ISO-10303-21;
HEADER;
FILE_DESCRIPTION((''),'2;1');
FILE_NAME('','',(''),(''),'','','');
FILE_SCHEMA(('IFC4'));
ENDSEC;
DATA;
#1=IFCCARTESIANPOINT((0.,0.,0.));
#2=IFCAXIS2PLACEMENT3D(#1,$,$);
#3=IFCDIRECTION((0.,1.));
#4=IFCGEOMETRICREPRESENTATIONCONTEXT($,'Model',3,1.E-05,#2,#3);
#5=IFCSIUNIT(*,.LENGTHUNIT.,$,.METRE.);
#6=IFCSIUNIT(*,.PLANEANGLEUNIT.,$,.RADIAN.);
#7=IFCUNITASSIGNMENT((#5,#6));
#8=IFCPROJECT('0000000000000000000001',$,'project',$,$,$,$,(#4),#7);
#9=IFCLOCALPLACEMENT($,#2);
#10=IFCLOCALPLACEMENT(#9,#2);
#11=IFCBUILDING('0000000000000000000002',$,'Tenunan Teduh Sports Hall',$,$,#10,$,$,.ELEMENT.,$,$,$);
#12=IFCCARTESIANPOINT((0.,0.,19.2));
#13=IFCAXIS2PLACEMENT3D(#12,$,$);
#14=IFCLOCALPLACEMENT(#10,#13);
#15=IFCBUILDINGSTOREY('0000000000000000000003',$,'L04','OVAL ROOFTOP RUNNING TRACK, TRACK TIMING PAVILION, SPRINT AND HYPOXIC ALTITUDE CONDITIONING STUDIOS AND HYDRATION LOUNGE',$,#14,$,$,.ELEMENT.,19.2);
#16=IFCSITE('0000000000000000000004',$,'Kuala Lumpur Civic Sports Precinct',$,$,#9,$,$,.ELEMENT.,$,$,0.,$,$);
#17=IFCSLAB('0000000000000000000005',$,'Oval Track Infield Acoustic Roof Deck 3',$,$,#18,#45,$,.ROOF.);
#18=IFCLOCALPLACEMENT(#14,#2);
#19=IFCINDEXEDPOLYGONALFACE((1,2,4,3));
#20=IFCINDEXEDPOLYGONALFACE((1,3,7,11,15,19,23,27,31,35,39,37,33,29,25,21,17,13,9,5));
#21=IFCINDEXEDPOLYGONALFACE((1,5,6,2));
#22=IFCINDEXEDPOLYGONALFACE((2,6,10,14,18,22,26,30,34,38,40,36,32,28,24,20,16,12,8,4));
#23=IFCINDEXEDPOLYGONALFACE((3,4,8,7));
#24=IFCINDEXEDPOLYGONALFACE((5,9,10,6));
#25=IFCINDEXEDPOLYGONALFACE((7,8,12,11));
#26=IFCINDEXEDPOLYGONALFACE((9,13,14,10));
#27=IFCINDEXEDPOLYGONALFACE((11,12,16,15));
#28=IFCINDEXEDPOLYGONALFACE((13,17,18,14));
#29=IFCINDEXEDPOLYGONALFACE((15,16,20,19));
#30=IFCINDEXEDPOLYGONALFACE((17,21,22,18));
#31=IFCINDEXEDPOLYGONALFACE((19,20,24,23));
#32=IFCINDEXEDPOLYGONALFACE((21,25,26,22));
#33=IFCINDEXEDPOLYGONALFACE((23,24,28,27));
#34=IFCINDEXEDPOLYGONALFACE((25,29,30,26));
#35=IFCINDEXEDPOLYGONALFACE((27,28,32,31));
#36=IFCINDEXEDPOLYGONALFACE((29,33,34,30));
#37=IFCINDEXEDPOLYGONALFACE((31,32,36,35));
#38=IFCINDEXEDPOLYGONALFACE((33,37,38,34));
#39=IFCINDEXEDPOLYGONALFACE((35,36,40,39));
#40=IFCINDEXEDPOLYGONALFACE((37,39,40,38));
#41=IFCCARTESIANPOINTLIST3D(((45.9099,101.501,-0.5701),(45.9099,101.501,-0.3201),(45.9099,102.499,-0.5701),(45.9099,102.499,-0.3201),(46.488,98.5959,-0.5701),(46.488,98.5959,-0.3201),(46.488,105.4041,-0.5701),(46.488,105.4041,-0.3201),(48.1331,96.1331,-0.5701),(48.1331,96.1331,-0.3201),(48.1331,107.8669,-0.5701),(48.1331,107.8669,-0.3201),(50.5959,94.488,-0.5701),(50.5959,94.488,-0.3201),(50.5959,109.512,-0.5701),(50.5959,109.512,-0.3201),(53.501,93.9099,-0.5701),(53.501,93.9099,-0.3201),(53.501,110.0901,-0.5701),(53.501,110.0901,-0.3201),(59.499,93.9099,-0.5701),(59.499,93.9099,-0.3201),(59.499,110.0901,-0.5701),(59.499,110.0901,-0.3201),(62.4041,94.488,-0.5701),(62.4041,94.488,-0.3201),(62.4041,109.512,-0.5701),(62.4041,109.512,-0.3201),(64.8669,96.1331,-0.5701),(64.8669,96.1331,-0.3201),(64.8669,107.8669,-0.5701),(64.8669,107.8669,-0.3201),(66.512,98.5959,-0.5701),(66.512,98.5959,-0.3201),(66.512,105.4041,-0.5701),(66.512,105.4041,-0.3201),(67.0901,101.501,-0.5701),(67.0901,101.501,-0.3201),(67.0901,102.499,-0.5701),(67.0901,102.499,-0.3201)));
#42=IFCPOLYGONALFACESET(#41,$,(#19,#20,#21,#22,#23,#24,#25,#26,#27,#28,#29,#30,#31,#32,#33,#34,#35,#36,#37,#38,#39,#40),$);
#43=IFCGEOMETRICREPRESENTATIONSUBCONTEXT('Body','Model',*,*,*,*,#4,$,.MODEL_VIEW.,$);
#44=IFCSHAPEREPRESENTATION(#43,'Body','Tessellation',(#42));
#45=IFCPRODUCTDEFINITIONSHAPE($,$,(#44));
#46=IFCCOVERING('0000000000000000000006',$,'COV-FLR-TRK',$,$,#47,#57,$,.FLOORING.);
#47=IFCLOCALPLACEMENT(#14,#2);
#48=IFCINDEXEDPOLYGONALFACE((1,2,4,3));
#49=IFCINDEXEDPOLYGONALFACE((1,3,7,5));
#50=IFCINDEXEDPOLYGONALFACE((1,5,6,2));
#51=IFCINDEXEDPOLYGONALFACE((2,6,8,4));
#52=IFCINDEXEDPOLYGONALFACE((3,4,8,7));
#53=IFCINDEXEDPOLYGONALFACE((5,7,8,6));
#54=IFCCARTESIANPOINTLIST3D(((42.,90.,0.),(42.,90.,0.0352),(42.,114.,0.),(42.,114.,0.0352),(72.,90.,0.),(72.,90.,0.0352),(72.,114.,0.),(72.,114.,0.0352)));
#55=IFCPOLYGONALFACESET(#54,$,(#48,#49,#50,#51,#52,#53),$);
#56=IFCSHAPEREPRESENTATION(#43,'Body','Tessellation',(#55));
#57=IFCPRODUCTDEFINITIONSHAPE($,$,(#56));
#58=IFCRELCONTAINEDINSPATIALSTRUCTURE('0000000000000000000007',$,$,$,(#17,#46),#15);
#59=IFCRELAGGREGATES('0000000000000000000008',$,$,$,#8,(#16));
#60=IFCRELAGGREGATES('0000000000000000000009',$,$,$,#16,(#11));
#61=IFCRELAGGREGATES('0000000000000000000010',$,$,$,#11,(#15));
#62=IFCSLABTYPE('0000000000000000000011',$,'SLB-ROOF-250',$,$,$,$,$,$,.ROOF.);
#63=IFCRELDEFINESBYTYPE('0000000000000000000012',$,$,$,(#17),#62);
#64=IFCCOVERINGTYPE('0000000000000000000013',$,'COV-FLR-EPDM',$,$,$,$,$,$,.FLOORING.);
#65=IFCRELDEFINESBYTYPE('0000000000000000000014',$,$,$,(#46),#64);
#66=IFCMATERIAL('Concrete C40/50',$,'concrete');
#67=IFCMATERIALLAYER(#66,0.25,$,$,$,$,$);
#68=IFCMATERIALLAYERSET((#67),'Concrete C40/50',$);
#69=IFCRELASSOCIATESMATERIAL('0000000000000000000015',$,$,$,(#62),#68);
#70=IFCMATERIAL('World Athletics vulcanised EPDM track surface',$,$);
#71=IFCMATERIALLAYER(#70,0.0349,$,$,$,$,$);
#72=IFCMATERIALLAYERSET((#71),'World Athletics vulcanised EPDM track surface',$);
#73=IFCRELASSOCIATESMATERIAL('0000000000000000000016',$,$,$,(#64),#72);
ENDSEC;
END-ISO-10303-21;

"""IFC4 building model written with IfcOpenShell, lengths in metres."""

from ifc_helpers import new_model, si_unit, direction, frame, origin, place, context, subcontext, project, spatial, polyline, outline, extrude, material, layer, layer_set, type_object, element, save


model = new_model("IFC4")

# Units and contexts
model_context = context("Model", 3, precision=1e-05, world=origin(), true_north=direction((0.0, 1.0)))
body_context = subcontext(model_context, "Body", "Model", "MODEL_VIEW")
ifc_project = project(units=[si_unit("LENGTHUNIT", "METRE"), si_unit("PLANEANGLEUNIT", "RADIAN")], contexts=[model_context])

# Site, building, storey
site_placement = place(None, origin())
site = spatial("IfcSite", under=ifc_project, at=site_placement, Name="Kuala Lumpur Civic Sports Precinct", CompositionType="ELEMENT", RefElevation=0.0)
building_placement = place(site_placement, origin())
building = spatial("IfcBuilding", under=site, at=building_placement, Name="Tenunan Teduh Sports Hall", CompositionType="ELEMENT")
storey_placement = place(building_placement, frame((0.0, 0.0, 19.2)))
storey = spatial("IfcBuildingStorey", under=building, at=storey_placement, Name="L04", Description="OVAL ROOFTOP RUNNING TRACK, TRACK TIMING PAVILION, SPRINT AND HYPOXIC ALTITUDE CONDITIONING STUDIOS AND HYDRATION LOUNGE", CompositionType="ELEMENT", Elevation=19.2)

# Shared definitions
ifc_material_1 = material(Name="Concrete C40/50", Category="concrete")
ifc_layer_1 = layer(ifc_material_1, 0.25)
ifc_layer_set_1 = layer_set([ifc_layer_1], Name="Concrete C40/50")
slab_type_1 = type_object("IfcSlabType", Name="SLB-ROOF-250", PredefinedType="ROOF", material=ifc_layer_set_1)

# Slab
slab_1_placement = place(storey_placement, frame((0.0, 0.0, -0.5701)))
element("IfcSlab", 1, at=slab_1_placement, inside=storey, type_object=slab_type_1, Name="Oval Track Infield Acoustic Roof Deck 3", PredefinedType="ROOF", context=body_context, shape_type="SweptSolid", body=[
    extrude(outline(polyline([(53.501, 93.9099), (50.5959, 94.488), (48.1331, 96.1331), (46.488, 98.5959), (45.9099, 101.501), (45.9099, 102.499), (46.488, 105.4041), (48.1331, 107.8669), (50.5959, 109.512), (53.501, 110.0901), (59.499, 110.0901), (62.4041, 109.512), (64.8669, 107.8669), (66.512, 105.4041), (67.0901, 102.499), (67.0901, 101.501), (66.512, 98.5959), (64.8669, 96.1331), (62.4041, 94.488), (59.499, 93.9099), (53.501, 93.9099)])), origin(), (0.0, 0.0, 1.0), 0.25),
])

# Covering
ifc_material_2 = material(Name="World Athletics vulcanised EPDM track surface")
ifc_layer_2 = layer(ifc_material_2, 0.0349)
ifc_layer_set_2 = layer_set([ifc_layer_2], Name="World Athletics vulcanised EPDM track surface")
covering_type = type_object("IfcCoveringType", Name="COV-FLR-EPDM", PredefinedType="FLOORING", material=ifc_layer_set_2)
covering_placement = place(storey_placement, origin())
element("IfcCovering", 2, at=covering_placement, inside=storey, type_object=covering_type, Name="COV-FLR-TRK", PredefinedType="FLOORING", context=body_context, shape_type="SweptSolid", body=[
    extrude(outline(polyline([(42.0, 90.0), (72.0, 90.0), (72.0, 114.0), (42.0, 114.0), (42.0, 90.0)])), origin(), (0.0, 0.0, 1.0), 0.0352),
])

save(model, "model.ifc")
